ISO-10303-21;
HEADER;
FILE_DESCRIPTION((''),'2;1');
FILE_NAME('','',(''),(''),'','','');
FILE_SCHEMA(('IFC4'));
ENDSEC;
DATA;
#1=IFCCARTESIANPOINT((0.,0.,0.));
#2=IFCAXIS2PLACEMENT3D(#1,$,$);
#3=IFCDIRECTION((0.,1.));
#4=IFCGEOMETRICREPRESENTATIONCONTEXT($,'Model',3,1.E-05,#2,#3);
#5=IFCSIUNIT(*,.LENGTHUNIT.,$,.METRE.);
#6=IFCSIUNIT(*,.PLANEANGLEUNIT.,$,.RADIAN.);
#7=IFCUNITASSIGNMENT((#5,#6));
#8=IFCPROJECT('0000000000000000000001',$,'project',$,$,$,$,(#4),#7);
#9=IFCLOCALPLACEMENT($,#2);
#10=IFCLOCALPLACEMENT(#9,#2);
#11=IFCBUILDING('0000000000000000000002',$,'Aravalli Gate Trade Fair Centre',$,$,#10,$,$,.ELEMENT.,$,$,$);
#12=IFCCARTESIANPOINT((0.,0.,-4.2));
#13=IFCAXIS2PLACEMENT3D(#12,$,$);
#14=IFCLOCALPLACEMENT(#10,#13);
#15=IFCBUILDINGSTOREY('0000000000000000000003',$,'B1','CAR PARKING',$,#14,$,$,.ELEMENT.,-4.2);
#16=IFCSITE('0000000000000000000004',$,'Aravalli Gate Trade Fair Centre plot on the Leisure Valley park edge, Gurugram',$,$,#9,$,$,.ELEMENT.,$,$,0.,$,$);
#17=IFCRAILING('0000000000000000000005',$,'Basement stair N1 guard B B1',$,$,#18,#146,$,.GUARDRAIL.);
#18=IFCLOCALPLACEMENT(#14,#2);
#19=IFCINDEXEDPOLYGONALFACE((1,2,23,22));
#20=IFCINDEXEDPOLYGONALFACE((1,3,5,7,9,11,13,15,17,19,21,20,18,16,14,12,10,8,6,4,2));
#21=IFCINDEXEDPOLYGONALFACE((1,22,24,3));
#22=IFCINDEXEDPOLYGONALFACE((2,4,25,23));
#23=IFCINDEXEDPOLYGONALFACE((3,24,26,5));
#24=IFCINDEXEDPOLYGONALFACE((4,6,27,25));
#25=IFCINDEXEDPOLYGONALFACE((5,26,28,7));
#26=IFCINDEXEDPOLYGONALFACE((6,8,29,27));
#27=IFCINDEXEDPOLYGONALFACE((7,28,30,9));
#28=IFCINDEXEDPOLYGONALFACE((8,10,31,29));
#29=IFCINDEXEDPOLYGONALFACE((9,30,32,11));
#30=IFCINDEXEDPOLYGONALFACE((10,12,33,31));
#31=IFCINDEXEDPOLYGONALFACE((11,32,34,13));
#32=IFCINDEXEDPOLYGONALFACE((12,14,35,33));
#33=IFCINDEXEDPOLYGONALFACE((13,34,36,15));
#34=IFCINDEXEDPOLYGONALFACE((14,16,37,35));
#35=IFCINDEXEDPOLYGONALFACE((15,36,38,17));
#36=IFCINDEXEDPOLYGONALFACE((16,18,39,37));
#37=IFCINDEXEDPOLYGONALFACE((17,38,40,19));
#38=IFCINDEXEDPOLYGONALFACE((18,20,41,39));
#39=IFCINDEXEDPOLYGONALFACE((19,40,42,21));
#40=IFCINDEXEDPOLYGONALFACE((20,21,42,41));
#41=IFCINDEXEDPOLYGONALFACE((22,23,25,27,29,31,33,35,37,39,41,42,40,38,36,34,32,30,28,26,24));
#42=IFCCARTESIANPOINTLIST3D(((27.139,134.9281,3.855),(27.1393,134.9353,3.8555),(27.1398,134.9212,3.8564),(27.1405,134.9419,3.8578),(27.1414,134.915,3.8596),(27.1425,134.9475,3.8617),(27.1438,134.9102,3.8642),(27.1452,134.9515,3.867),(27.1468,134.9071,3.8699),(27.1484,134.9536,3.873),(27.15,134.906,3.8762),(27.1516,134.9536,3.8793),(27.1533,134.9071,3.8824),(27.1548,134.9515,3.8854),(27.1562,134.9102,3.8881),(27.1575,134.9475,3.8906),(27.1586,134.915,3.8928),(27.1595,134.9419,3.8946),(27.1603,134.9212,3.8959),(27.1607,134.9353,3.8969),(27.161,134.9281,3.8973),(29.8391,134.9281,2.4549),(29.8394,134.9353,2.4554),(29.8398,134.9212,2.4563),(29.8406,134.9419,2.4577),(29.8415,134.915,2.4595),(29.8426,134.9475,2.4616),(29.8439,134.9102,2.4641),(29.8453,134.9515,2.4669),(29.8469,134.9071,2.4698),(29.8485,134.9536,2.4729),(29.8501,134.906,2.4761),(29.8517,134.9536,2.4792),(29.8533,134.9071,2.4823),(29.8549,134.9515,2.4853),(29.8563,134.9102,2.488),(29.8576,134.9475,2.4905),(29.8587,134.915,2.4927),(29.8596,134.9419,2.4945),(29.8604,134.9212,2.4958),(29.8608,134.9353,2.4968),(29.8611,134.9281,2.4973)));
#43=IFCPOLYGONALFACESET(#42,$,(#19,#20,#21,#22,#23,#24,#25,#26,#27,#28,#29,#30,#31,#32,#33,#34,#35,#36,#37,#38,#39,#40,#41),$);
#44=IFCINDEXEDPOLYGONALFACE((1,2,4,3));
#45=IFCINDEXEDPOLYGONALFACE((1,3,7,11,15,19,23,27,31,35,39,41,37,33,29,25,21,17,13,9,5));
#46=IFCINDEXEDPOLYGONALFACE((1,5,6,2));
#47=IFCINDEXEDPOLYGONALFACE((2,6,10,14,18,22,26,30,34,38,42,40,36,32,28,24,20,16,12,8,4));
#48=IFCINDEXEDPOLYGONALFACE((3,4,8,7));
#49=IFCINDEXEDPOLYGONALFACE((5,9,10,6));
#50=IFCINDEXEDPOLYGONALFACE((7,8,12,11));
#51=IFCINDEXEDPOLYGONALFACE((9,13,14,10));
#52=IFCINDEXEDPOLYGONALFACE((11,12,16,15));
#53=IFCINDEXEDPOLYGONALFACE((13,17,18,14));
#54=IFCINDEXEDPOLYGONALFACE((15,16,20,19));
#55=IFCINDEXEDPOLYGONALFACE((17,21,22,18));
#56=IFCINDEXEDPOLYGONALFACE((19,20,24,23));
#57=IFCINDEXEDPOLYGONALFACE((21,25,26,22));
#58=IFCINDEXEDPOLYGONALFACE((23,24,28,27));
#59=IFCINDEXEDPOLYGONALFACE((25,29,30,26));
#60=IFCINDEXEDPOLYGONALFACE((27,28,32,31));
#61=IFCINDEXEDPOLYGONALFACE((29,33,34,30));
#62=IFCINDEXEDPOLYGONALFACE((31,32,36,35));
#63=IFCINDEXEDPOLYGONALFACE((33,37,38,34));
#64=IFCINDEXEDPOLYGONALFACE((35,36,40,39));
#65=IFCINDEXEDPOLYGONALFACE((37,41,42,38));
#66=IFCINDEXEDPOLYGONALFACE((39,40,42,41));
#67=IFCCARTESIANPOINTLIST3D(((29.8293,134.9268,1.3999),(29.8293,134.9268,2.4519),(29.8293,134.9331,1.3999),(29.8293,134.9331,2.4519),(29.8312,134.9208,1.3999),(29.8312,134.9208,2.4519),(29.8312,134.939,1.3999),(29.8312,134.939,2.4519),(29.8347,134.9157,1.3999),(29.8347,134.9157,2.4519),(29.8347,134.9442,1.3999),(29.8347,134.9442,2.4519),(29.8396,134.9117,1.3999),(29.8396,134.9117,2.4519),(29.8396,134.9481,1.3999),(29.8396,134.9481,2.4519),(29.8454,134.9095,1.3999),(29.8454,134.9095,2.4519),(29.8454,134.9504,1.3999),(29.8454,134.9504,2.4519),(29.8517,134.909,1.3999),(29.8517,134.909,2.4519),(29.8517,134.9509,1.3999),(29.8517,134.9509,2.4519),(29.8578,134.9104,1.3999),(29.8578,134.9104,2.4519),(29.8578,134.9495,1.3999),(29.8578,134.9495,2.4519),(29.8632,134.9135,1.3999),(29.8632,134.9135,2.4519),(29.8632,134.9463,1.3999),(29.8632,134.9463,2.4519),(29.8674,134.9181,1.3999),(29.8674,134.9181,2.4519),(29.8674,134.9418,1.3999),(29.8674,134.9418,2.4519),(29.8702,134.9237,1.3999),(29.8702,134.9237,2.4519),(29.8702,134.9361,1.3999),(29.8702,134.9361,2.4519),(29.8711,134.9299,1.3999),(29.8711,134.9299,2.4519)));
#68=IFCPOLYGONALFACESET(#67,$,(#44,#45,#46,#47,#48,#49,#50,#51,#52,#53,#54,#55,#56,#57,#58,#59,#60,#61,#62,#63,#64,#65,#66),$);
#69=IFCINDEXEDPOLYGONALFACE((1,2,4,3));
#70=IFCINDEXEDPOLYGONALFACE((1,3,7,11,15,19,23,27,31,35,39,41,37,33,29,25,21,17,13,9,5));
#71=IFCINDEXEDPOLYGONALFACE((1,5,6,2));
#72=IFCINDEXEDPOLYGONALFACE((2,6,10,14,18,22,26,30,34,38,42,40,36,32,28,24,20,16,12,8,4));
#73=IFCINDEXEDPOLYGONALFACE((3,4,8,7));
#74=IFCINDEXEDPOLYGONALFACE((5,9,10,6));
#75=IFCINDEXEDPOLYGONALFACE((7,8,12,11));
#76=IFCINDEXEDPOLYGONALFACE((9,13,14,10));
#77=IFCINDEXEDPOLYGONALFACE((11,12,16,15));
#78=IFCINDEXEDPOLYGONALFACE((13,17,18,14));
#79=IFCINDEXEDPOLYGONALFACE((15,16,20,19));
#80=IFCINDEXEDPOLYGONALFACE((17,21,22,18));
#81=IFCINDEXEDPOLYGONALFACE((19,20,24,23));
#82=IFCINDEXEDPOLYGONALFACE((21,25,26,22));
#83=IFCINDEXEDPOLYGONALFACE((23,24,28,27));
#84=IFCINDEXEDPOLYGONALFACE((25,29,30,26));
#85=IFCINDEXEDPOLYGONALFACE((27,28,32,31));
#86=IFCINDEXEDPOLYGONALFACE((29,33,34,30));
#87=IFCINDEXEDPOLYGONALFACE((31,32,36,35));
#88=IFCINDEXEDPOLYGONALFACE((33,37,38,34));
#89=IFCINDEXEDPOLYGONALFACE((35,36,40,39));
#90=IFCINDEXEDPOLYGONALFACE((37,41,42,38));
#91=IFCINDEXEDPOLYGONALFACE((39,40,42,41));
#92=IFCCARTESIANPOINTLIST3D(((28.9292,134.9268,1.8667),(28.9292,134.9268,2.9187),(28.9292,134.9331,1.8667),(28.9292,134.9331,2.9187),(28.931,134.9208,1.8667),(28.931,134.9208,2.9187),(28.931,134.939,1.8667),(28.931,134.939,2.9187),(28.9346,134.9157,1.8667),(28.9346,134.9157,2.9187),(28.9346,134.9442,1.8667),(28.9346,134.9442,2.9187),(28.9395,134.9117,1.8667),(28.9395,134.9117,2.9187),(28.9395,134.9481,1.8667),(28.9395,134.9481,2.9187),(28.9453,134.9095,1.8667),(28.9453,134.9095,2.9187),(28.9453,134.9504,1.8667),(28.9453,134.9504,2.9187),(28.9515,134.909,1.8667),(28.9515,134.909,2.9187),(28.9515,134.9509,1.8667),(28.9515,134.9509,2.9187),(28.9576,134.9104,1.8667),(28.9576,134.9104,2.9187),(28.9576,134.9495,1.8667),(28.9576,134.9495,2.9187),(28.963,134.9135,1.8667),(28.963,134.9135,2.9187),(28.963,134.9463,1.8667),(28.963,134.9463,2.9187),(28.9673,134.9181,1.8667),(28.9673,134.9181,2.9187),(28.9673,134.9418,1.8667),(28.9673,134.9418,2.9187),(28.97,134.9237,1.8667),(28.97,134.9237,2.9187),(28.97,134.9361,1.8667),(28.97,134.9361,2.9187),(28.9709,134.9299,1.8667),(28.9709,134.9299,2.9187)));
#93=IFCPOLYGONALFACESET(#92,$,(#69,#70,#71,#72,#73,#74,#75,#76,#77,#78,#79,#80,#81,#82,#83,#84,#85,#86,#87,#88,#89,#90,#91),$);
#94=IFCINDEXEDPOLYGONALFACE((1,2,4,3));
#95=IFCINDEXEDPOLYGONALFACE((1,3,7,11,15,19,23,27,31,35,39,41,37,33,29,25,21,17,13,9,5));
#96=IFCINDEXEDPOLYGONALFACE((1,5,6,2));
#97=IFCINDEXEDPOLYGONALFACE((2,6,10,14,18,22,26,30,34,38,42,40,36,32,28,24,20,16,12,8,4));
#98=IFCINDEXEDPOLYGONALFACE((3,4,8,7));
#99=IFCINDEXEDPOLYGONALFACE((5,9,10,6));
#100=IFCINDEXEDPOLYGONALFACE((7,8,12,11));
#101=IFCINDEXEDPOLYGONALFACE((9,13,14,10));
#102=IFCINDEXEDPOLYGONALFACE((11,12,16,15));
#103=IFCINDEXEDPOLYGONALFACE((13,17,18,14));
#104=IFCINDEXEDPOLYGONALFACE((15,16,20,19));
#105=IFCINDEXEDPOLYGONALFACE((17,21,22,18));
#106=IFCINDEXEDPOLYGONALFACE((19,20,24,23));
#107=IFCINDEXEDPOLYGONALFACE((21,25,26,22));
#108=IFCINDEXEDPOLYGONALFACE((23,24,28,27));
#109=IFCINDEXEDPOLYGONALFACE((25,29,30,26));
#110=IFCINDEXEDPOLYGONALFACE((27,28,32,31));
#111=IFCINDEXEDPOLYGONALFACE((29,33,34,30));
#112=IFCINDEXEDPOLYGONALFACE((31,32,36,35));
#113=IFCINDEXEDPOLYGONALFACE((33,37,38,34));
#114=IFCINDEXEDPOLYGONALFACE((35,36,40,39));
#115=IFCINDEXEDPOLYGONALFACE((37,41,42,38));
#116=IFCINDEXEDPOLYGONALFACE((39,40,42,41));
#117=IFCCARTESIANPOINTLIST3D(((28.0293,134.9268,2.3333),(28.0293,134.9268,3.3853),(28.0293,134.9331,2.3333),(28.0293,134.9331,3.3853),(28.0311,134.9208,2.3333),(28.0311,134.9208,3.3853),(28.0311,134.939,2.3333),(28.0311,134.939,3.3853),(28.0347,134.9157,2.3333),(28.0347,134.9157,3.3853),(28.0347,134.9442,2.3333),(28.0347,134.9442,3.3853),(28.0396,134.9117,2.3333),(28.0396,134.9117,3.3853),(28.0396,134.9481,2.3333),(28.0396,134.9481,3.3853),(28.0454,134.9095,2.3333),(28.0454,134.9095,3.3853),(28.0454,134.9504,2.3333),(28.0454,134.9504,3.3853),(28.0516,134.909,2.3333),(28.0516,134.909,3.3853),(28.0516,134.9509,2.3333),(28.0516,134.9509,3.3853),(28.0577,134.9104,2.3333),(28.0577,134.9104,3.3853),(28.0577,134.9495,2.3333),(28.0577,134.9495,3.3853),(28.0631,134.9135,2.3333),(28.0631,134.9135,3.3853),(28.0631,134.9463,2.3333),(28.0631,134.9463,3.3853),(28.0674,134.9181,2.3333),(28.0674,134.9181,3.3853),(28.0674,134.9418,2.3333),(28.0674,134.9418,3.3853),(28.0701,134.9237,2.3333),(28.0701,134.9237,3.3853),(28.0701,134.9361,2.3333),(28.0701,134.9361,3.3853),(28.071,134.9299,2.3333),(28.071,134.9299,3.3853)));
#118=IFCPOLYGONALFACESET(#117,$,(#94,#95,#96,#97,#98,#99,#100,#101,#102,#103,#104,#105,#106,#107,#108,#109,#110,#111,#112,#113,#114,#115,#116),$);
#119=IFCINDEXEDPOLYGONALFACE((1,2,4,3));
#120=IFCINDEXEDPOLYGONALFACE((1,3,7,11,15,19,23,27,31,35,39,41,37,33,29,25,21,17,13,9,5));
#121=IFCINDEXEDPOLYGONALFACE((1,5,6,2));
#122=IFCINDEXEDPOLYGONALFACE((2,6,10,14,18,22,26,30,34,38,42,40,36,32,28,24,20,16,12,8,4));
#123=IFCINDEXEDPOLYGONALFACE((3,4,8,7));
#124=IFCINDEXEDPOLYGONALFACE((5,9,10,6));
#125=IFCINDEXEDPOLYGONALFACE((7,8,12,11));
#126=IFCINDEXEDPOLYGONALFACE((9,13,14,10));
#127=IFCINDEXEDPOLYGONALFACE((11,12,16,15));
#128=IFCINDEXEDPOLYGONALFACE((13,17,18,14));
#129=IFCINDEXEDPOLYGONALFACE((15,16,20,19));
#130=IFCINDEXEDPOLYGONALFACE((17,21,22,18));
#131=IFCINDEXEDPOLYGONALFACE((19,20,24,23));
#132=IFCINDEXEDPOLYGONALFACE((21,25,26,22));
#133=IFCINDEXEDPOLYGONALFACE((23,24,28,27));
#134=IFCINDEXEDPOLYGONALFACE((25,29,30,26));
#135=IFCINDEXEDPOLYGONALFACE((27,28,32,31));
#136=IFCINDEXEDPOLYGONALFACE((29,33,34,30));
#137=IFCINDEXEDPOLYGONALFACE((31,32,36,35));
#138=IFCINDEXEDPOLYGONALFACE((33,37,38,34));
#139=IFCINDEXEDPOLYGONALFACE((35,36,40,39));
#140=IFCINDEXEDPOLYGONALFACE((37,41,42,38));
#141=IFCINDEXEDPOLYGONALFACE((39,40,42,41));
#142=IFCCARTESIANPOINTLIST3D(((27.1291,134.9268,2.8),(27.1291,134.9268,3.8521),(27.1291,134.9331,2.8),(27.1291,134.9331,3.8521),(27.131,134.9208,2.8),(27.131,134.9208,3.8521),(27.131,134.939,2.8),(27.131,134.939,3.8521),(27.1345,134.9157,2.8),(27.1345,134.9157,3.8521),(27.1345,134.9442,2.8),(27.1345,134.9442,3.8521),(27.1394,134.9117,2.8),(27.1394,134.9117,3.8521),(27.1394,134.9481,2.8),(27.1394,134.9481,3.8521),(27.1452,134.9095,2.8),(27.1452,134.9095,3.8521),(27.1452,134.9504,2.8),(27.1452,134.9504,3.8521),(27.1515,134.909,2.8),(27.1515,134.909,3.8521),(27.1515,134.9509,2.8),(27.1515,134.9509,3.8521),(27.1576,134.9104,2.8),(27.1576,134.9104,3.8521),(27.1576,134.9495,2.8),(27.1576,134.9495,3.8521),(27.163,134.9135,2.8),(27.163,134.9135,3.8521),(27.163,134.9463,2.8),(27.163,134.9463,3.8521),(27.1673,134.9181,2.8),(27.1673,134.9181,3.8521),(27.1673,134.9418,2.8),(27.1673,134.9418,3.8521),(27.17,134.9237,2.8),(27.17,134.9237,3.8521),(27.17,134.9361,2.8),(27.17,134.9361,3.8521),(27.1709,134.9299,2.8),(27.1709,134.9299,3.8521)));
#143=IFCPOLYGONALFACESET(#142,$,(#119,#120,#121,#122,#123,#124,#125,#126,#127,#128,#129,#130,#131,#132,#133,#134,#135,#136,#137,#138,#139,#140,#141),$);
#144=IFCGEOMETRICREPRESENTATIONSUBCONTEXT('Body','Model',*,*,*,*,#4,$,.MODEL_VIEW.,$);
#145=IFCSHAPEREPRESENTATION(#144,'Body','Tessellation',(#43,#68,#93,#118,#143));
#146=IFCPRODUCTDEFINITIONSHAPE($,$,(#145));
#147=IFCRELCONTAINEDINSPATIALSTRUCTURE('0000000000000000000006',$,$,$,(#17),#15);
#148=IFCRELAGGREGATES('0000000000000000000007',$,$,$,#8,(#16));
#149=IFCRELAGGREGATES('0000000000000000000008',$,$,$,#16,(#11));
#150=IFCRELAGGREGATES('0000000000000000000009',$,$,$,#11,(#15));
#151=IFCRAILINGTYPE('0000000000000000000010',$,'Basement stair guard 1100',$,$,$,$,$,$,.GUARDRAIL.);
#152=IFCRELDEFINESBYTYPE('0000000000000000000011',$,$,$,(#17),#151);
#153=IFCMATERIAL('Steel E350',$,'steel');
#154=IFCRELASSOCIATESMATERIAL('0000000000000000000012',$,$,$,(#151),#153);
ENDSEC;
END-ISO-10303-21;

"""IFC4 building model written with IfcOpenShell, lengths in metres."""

from ifc_helpers import new_model, si_unit, direction, frame, origin, origin_2d, place, context, subcontext, project, spatial, circle, extrude, material, type_object, element, save


model = new_model("IFC4")

# Units and contexts
model_context = context("Model", 3, precision=1e-05, world=origin(), true_north=direction((0.0, 1.0)))
body_context = subcontext(model_context, "Body", "Model", "MODEL_VIEW")
ifc_project = project(units=[si_unit("LENGTHUNIT", "METRE"), si_unit("PLANEANGLEUNIT", "RADIAN")], contexts=[model_context])

# Site, building, storey
site_placement = place(None, origin())
site = spatial("IfcSite", under=ifc_project, at=site_placement, Name="Aravalli Gate Trade Fair Centre plot on the Leisure Valley park edge, Gurugram", CompositionType="ELEMENT", RefElevation=0.0)
building_placement = place(site_placement, origin())
building = spatial("IfcBuilding", under=site, at=building_placement, Name="Aravalli Gate Trade Fair Centre", CompositionType="ELEMENT")
storey_placement = place(building_placement, frame((0.0, 0.0, -4.2)))
storey = spatial("IfcBuildingStorey", under=building, at=storey_placement, Name="B1", Description="CAR PARKING", CompositionType="ELEMENT", Elevation=-4.2)

# Railing
ifc_material_1 = material(Name="Steel E350", Category="steel")
railing_type_1 = type_object("IfcRailingType", Name="Basement stair guard 1100", PredefinedType="GUARDRAIL", material=ifc_material_1)
railing_1_placement = place(storey_placement, frame((29.8501, 134.9299, 1.3999)))
element("IfcRailing", 1, at=railing_1_placement, inside=storey, type_object=railing_type_1, Name="Basement stair N1 guard B B1", PredefinedType="GUARDRAIL", context=body_context, shape_type="SweptSolid", body=[
    extrude(circle(Radius=0.0239, at=origin_2d()), frame((0.0, 0.0, 1.0762), z_axis=(-0.887748, 0.0, 0.460329), x_axis=(0.0, -1.0, 0.0)), (0.0, 0.0, 1.0), 3.0415),
    extrude(circle(Radius=0.021, at=origin_2d()), origin(), (0.0, 0.0, 1.0), 1.052),
    extrude(circle(Radius=0.021, at=origin_2d()), frame((-0.9001, 0.0, 0.4668)), (0.0, 0.0, 1.0), 1.052),
    extrude(circle(Radius=0.021, at=origin_2d()), frame((-1.8, 0.0, 0.9333)), (0.0, 0.0, 1.0), 1.052),
    extrude(circle(Radius=0.021, at=origin_2d()), frame((-2.7002, 0.0, 1.4001)), (0.0, 0.0, 1.0), 1.052),
])

save(model, "model.ifc")
